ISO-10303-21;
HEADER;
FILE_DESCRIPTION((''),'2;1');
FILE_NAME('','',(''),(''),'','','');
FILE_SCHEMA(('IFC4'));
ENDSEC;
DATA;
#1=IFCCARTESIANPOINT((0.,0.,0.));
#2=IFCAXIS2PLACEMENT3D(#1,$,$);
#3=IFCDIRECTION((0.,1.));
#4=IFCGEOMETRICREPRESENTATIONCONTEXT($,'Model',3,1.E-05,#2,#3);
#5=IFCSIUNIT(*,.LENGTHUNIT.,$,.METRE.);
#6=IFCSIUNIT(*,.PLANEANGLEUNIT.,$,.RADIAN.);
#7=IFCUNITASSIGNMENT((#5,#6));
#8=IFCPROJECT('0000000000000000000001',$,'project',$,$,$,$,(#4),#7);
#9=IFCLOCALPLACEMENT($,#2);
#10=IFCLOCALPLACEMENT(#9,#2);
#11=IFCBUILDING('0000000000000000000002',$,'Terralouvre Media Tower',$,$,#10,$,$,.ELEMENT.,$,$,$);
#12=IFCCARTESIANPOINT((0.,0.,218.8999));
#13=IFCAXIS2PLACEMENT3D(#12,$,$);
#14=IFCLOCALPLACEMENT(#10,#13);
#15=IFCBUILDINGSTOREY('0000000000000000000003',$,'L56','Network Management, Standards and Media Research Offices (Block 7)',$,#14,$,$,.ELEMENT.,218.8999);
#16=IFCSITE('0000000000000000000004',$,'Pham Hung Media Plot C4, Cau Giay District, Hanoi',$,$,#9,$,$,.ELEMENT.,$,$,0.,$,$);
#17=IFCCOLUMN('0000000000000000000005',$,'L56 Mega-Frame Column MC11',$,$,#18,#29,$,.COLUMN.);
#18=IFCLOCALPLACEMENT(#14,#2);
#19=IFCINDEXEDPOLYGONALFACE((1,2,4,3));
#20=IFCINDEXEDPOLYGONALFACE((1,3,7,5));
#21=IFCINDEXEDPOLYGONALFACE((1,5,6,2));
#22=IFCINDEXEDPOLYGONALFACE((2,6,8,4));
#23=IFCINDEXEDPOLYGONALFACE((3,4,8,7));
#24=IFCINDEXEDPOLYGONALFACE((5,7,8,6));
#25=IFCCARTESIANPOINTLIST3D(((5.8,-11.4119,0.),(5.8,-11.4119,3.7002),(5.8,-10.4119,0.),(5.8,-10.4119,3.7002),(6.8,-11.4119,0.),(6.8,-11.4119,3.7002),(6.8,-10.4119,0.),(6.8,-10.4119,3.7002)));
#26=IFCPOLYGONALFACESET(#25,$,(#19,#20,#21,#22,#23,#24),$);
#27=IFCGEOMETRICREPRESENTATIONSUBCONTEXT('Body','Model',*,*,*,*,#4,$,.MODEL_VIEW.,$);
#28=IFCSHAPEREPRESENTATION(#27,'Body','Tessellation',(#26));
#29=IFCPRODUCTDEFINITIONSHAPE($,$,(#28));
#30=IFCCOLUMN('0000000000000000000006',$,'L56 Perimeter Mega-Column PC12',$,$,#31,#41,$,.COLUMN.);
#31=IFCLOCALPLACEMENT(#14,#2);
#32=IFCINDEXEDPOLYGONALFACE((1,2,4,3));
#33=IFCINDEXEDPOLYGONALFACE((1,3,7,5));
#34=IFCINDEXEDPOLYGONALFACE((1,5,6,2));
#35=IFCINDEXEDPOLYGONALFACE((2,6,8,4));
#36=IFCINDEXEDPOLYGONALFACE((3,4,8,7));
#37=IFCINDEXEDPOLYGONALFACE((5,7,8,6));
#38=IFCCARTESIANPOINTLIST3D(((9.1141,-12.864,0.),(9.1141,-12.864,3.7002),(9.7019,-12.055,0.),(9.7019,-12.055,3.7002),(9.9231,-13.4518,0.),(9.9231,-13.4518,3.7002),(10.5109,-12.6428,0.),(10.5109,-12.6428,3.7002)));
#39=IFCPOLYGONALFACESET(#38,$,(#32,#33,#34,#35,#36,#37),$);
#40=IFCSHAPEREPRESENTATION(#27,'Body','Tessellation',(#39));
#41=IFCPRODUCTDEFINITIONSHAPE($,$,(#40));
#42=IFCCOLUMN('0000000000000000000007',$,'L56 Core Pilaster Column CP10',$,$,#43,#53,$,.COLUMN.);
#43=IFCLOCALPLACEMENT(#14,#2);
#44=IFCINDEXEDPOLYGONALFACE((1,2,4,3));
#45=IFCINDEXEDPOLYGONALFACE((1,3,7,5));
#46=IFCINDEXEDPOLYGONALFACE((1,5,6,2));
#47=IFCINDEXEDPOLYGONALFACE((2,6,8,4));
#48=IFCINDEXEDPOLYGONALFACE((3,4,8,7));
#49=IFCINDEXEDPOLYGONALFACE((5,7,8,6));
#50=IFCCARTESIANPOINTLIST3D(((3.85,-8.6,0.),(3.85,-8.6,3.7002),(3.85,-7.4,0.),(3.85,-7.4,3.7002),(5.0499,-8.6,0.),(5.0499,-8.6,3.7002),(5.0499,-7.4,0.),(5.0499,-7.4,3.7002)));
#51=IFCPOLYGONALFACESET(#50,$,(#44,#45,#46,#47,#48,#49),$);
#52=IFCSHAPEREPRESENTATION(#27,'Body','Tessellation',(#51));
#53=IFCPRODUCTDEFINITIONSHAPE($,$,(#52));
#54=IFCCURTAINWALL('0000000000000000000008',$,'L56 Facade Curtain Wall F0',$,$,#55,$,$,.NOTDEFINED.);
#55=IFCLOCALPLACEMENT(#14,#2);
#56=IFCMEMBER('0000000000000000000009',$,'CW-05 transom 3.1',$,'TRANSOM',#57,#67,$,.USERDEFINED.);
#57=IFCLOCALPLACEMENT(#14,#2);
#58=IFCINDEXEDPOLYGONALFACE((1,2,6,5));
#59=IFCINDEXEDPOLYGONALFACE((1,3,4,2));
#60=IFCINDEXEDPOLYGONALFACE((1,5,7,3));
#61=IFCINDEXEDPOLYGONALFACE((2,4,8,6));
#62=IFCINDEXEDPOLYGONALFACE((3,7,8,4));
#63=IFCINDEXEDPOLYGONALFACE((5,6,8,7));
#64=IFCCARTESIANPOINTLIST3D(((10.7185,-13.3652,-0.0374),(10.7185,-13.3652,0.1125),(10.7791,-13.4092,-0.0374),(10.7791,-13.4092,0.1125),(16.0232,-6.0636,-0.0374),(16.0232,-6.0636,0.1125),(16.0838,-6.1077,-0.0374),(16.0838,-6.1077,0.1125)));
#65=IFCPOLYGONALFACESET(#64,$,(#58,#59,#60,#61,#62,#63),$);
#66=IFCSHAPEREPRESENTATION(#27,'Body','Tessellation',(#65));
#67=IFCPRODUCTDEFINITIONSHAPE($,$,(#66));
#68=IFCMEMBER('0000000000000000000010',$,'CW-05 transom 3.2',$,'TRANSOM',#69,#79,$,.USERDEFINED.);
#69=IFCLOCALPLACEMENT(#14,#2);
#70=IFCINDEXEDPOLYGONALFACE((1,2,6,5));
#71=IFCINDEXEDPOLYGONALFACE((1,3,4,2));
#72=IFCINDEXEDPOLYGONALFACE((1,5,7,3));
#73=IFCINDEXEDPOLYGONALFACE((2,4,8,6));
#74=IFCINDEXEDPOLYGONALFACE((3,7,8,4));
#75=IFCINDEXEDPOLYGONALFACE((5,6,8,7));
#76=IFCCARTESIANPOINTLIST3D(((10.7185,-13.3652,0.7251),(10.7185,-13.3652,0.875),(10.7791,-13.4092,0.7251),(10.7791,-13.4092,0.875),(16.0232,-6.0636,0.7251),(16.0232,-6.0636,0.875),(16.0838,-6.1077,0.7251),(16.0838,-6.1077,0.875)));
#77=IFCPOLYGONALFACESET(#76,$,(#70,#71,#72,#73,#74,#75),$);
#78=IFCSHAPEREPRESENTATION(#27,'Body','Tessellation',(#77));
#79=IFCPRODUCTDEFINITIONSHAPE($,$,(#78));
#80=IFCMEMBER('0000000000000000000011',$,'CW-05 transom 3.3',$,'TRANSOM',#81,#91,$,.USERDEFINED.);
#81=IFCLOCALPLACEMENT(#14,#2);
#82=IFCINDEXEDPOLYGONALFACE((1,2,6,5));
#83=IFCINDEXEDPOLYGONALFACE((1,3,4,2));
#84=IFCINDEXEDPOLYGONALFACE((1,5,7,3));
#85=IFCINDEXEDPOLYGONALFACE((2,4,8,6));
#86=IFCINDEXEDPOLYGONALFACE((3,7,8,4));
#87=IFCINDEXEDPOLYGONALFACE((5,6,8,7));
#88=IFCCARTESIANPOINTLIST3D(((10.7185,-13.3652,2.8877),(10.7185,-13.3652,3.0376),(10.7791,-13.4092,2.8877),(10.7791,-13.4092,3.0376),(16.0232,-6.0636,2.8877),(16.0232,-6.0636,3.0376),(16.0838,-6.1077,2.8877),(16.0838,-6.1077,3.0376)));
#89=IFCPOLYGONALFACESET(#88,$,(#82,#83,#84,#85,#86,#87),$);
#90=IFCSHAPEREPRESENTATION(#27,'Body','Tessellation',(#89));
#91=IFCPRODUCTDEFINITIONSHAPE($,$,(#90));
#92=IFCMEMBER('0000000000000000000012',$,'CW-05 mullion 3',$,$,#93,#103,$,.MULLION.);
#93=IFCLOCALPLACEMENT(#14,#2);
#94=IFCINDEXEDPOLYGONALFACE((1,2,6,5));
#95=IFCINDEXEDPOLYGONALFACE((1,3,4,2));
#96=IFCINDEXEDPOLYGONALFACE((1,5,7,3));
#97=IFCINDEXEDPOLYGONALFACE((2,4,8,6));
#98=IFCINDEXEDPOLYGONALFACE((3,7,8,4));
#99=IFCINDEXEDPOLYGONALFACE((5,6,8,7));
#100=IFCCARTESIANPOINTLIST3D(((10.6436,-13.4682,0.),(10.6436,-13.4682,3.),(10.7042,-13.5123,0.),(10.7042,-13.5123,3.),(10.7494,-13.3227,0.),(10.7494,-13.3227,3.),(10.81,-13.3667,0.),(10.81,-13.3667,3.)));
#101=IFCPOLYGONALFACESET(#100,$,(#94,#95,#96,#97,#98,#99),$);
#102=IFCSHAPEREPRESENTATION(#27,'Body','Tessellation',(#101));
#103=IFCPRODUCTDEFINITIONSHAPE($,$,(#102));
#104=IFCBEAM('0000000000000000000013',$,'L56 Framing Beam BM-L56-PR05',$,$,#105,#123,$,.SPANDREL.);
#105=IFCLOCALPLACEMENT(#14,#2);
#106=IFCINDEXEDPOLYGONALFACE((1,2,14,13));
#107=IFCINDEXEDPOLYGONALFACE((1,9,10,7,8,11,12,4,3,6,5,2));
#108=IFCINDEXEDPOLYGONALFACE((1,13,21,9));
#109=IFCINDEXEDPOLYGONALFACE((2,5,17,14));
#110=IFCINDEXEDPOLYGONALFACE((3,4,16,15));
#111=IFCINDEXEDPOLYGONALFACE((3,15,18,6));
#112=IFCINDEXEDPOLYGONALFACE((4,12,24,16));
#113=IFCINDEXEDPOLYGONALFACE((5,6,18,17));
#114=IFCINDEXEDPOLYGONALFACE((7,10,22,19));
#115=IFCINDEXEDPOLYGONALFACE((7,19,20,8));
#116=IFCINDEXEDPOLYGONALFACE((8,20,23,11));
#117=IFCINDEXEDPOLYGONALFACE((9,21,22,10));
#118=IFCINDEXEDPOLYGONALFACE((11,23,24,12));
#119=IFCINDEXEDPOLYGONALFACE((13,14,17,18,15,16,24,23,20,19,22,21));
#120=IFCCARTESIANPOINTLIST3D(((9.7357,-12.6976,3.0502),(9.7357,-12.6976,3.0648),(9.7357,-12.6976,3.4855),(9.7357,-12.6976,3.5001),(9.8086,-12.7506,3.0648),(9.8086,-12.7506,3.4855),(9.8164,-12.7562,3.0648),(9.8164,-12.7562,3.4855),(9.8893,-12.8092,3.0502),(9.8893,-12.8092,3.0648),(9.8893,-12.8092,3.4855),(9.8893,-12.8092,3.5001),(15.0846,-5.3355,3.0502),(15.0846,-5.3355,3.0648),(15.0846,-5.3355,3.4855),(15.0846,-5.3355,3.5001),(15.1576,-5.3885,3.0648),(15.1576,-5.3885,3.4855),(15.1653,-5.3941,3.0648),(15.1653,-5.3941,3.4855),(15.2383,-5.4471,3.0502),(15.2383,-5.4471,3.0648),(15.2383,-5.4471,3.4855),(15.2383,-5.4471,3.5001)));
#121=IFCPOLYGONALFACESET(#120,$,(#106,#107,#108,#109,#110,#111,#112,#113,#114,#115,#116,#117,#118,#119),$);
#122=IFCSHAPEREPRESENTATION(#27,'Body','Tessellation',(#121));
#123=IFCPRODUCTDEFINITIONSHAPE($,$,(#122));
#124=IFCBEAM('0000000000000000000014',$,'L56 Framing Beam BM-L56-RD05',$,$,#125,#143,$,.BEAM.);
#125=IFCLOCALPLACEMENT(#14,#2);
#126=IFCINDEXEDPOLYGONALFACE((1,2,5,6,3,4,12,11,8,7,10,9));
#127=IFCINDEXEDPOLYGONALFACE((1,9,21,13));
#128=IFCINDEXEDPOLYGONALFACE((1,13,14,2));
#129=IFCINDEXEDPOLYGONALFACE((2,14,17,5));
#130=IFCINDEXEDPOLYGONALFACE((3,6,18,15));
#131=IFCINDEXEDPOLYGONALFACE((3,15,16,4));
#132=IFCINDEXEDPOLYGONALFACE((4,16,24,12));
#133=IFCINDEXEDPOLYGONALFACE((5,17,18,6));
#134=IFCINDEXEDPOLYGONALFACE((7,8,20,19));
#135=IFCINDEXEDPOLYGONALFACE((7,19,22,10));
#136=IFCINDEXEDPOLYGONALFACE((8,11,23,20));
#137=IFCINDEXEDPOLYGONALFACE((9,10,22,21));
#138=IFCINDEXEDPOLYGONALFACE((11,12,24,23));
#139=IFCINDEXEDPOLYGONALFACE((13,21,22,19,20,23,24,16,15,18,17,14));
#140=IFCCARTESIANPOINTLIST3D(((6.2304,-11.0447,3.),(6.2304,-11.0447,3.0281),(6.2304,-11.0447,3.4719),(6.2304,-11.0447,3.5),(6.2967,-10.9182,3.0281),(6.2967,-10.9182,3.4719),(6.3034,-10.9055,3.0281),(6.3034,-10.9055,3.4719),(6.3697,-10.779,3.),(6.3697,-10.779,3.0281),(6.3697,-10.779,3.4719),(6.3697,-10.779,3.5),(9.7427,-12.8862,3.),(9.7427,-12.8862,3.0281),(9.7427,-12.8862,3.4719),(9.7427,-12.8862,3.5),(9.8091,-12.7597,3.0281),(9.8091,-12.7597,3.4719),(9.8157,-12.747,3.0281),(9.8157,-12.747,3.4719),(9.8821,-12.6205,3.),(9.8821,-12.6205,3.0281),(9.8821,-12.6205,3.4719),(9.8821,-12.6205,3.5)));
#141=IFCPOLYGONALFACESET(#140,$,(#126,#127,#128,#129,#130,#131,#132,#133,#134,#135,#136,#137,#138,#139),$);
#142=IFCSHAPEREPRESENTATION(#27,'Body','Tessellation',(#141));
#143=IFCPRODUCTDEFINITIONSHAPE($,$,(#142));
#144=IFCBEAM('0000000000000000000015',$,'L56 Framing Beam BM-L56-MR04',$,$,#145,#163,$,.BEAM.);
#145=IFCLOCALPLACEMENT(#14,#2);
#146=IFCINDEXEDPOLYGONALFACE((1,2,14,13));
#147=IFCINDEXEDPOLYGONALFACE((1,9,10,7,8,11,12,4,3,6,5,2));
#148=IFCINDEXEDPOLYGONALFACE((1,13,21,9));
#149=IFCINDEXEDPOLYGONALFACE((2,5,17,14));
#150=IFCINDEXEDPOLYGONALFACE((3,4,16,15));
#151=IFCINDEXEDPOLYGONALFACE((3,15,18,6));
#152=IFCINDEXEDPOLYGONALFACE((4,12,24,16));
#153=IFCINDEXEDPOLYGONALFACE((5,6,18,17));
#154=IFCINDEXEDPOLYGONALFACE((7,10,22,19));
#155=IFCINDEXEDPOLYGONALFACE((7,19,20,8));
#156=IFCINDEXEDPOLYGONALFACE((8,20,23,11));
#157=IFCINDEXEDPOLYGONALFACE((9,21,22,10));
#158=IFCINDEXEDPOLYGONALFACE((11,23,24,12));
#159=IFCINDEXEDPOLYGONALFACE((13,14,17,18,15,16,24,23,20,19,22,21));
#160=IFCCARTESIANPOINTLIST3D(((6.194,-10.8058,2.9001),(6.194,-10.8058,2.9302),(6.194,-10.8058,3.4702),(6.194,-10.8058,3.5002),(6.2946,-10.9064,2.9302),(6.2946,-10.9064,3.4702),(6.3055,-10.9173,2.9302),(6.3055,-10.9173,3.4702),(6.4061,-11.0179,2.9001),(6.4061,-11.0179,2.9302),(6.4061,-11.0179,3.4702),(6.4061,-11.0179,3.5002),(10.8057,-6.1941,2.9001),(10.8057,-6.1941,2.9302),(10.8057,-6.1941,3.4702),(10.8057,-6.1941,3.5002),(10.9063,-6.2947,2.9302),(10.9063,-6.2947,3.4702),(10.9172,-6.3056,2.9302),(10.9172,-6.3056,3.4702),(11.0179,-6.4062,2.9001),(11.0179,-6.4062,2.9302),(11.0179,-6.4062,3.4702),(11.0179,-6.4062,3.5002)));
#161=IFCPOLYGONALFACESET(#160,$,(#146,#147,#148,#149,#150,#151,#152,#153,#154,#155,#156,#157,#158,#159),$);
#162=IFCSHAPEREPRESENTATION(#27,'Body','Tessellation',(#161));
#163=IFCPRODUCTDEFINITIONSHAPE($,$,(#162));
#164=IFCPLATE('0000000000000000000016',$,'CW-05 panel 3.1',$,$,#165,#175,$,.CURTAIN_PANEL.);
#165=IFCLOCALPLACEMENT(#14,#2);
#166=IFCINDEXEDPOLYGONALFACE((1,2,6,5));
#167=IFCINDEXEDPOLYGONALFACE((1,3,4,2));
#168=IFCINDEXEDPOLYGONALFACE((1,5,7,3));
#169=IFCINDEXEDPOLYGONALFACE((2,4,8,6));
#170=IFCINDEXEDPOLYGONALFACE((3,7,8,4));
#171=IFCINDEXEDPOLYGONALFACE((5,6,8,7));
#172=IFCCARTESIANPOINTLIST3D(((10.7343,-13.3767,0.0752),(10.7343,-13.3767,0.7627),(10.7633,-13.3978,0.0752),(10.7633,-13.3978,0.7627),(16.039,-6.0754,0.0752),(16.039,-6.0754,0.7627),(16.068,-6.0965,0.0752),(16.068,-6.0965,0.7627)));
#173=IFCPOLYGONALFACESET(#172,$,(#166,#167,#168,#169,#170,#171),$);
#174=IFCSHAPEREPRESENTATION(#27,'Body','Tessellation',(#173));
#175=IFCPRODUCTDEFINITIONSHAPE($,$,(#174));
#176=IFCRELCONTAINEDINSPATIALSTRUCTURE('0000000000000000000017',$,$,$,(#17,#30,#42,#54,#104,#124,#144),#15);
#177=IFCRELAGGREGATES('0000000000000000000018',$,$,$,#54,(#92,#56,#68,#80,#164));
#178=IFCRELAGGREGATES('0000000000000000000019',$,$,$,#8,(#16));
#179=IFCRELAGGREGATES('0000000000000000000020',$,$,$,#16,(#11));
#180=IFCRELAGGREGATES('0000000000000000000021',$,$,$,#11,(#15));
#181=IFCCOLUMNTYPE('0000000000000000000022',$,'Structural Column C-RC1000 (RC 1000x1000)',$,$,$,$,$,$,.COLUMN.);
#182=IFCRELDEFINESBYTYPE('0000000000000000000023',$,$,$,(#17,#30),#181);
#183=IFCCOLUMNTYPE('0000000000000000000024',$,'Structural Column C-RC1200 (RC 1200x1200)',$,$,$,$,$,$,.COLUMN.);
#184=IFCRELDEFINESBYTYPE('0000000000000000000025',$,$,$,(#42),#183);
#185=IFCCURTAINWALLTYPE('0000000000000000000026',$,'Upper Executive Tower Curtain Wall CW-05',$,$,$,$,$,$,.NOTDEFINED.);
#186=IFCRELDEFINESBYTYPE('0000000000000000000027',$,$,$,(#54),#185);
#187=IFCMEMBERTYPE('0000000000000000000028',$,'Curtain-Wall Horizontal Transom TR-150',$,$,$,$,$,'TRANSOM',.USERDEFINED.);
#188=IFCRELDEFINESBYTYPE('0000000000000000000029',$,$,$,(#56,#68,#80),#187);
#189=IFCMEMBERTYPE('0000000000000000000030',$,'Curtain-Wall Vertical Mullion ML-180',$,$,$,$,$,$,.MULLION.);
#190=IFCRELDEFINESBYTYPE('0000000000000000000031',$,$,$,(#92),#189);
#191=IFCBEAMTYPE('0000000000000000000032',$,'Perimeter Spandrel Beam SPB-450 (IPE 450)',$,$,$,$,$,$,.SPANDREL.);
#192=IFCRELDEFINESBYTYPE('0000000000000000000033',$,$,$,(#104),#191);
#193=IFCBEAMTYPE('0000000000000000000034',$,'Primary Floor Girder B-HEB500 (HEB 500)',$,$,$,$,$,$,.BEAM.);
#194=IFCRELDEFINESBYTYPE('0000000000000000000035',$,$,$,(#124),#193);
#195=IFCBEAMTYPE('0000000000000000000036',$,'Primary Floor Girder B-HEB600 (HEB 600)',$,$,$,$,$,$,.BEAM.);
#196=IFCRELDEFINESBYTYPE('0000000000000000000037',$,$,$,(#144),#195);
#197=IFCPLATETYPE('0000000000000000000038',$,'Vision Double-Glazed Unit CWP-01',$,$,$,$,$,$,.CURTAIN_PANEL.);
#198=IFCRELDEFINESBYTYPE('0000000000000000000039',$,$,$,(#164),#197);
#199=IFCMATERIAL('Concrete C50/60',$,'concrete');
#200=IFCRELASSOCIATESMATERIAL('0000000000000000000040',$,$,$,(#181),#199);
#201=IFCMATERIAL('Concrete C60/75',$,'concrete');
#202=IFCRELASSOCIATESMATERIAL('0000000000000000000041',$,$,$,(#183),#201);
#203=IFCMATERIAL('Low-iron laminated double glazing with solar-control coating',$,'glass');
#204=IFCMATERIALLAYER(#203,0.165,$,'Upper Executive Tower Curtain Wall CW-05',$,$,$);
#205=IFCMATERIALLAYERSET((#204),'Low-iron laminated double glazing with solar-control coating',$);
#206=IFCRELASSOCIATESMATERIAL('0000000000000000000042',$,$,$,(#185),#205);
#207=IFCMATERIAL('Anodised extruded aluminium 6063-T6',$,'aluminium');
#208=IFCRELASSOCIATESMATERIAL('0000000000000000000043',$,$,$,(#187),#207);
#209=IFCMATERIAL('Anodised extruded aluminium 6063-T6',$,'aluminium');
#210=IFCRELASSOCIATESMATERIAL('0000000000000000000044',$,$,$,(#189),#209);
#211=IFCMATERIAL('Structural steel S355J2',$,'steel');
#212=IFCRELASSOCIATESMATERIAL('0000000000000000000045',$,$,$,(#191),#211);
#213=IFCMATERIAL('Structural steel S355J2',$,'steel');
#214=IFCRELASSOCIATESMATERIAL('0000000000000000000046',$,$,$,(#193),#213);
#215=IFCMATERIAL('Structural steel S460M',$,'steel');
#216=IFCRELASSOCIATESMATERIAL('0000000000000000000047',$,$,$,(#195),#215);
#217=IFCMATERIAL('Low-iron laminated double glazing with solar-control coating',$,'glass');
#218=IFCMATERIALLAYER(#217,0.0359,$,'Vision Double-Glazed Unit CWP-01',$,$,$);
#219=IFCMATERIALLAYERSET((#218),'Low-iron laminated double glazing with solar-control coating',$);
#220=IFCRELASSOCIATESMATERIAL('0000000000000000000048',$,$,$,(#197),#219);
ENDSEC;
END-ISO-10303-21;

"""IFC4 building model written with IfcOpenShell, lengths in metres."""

from ifc_helpers import new_model, si_unit, direction, frame, origin, origin_2d, place, context, subcontext, project, spatial, rectangle, i_section, extrude, material, layer, layer_set, material_profile, profile_set, type_object, element, aggregate, save


model = new_model("IFC4")

# Units and contexts
model_context = context("Model", 3, precision=1e-05, world=origin(), true_north=direction((0.0, 1.0)))
body_context = subcontext(model_context, "Body", "Model", "MODEL_VIEW")
ifc_project = project(units=[si_unit("LENGTHUNIT", "METRE"), si_unit("PLANEANGLEUNIT", "RADIAN")], contexts=[model_context])

# Site, building, storey
site_placement = place(None, origin())
site = spatial("IfcSite", under=ifc_project, at=site_placement, Name="Pham Hung Media Plot C4, Cau Giay District, Hanoi", CompositionType="ELEMENT", RefElevation=0.0)
building_placement = place(site_placement, origin())
building = spatial("IfcBuilding", under=site, at=building_placement, Name="Terralouvre Media Tower", CompositionType="ELEMENT")
storey_placement = place(building_placement, frame((0.0, 0.0, 218.8999)))
storey = spatial("IfcBuildingStorey", under=building, at=storey_placement, Name="L56", Description="Network Management, Standards and Media Research Offices (Block 7)", CompositionType="ELEMENT", Elevation=218.8999)

# Columns
ifc_material_1 = material(Name="Concrete C50/60", Category="concrete")
ifc_material_profile_1 = material_profile(ifc_material_1, rectangle(XDim=1.0, YDim=1.0, at=origin_2d()), Name="RC 1000x1000")
ifc_profile_set_1 = profile_set([ifc_material_profile_1], Name="Concrete C50/60")
column_type_1 = type_object("IfcColumnType", Name="Structural Column C-RC1000 (RC 1000x1000)", PredefinedType="COLUMN", material=ifc_profile_set_1)
for number, where, z_axis, x_axis, name in (
    (1, (6.3, -10.9119, 0.0), (0.0, 0.0, 1.0), (1.0, 0.0, 0.0), "L56 Mega-Frame Column MC11"),
    (2, (9.8125, -12.7534, 0.0), (0.0, 0.0, 1.0), (0.587785, 0.809017, 0.0), "L56 Perimeter Mega-Column PC12"),
):
    element("IfcColumn", number, at=place(storey_placement, frame(where, z_axis=z_axis, x_axis=x_axis)), inside=storey, type_object=column_type_1, Name=name, PredefinedType="COLUMN", context=body_context, shape_type="SweptSolid", body=[
        extrude(rectangle(XDim=1.0, YDim=1.0, at=origin_2d()), origin(), (0.0, 0.0, 1.0), 3.7002),
    ])
ifc_material_2 = material(Name="Concrete C60/75", Category="concrete")
ifc_material_profile_2 = material_profile(ifc_material_2, rectangle(XDim=1.2, YDim=1.2, at=origin_2d()), Name="RC 1200x1200")
ifc_profile_set_2 = profile_set([ifc_material_profile_2], Name="Concrete C60/75")
column_type_2 = type_object("IfcColumnType", Name="Structural Column C-RC1200 (RC 1200x1200)", PredefinedType="COLUMN", material=ifc_profile_set_2)
column_placement = place(storey_placement, frame((4.45, -8.0, 0.0), z_axis=(0.0, 0.0, 1.0), x_axis=(1.0, 0.0, 0.0)))
element("IfcColumn", 3, at=column_placement, inside=storey, type_object=column_type_2, Name="L56 Core Pilaster Column CP10", PredefinedType="COLUMN", context=body_context, shape_type="SweptSolid", body=[
    extrude(rectangle(XDim=1.2, YDim=1.2, at=origin_2d()), origin(), (0.0, 0.0, 1.0), 3.7002),
])

# Curtain wall, members
ifc_material_3 = material(Name="Low-iron laminated double glazing with solar-control coating", Category="glass")
ifc_layer_1 = layer(ifc_material_3, 0.165, Name="Upper Executive Tower Curtain Wall CW-05")
ifc_layer_set_1 = layer_set([ifc_layer_1], Name="Low-iron laminated double glazing with solar-control coating")
curtain_wall_type = type_object("IfcCurtainWallType", Name="Upper Executive Tower Curtain Wall CW-05", PredefinedType="NOTDEFINED", material=ifc_layer_set_1)
curtain_wall_placement = place(storey_placement, origin())
curtain_wall = element("IfcCurtainWall", 4, at=curtain_wall_placement, inside=storey, type_object=curtain_wall_type, Name="L56 Facade Curtain Wall F0", PredefinedType="NOTDEFINED")
ifc_material_4 = material(Name="Anodised extruded aluminium 6063-T6", Category="aluminium")
ifc_material_profile_3 = material_profile(ifc_material_4, rectangle(XDim=0.075, YDim=0.1499, at=origin_2d()), Name="ALU 75x150")
ifc_profile_set_3 = profile_set([ifc_material_profile_3], Name="Anodised extruded aluminium 6063-T6")
member_type_1 = type_object("IfcMemberType", Name="Curtain-Wall Horizontal Transom TR-150", ElementType="TRANSOM", PredefinedType="USERDEFINED", material=ifc_profile_set_3)
member_1_placement = place(storey_placement, frame((10.7488, -13.3872, 0.0376), z_axis=(0.587773, 0.809026, 0.0), x_axis=(-0.809026, 0.587773, 0.0)))
member_1 = element("IfcMember", 5, at=member_1_placement, type_object=member_type_1, Name="CW-05 transom 3.1", ObjectType="TRANSOM", PredefinedType="USERDEFINED", context=body_context, shape_type="SweptSolid", body=[
    extrude(rectangle(XDim=0.075, YDim=0.1499, at=origin_2d()), origin(), (0.0, 0.0, 1.0), 9.0251),
])
member_2_placement = place(storey_placement, frame((10.7488, -13.3872, 0.8), z_axis=(0.587773, 0.809026, 0.0), x_axis=(-0.809026, 0.587773, 0.0)))
member_2 = element("IfcMember", 6, at=member_2_placement, type_object=member_type_1, Name="CW-05 transom 3.2", ObjectType="TRANSOM", PredefinedType="USERDEFINED", context=body_context, shape_type="SweptSolid", body=[
    extrude(rectangle(XDim=0.075, YDim=0.1499, at=origin_2d()), origin(), (0.0, 0.0, 1.0), 9.0251),
])
member_3_placement = place(storey_placement, frame((10.7488, -13.3872, 2.9626), z_axis=(0.587773, 0.809026, 0.0), x_axis=(-0.809026, 0.587773, 0.0)))
member_3 = element("IfcMember", 7, at=member_3_placement, type_object=member_type_1, Name="CW-05 transom 3.3", ObjectType="TRANSOM", PredefinedType="USERDEFINED", context=body_context, shape_type="SweptSolid", body=[
    extrude(rectangle(XDim=0.075, YDim=0.1499, at=origin_2d()), origin(), (0.0, 0.0, 1.0), 9.0251),
])
ifc_material_5 = material(Name="Anodised extruded aluminium 6063-T6", Category="aluminium")
ifc_material_profile_4 = material_profile(ifc_material_5, rectangle(XDim=0.075, YDim=0.1799, at=origin_2d()), Name="ALU 75x180")
ifc_profile_set_4 = profile_set([ifc_material_profile_4], Name="Anodised extruded aluminium 6063-T6")
member_type_2 = type_object("IfcMemberType", Name="Curtain-Wall Vertical Mullion ML-180", PredefinedType="MULLION", material=ifc_profile_set_4)
member_4_placement = place(storey_placement, frame((10.7268, -13.4175, 0.0), z_axis=(0.0, 0.0, 1.0), x_axis=(-0.809017, 0.587785, 0.0)))
member_4 = element("IfcMember", 8, at=member_4_placement, type_object=member_type_2, Name="CW-05 mullion 3", PredefinedType="MULLION", context=body_context, shape_type="SweptSolid", body=[
    extrude(rectangle(XDim=0.075, YDim=0.1799, at=origin_2d()), origin(), (0.0, 0.0, 1.0), 3.0),
])

# Beams
ifc_material_6 = material(Name="Structural steel S355J2", Category="steel")
ifc_material_profile_5 = material_profile(ifc_material_6, i_section(OverallWidth=0.1899, OverallDepth=0.45, WebThickness=0.0095, FlangeThickness=0.0146, at=origin_2d()), Name="IPE 450")
ifc_profile_set_5 = profile_set([ifc_material_profile_5], Name="Structural steel S355J2")
beam_type_1 = type_object("IfcBeamType", Name="Perimeter Spandrel Beam SPB-450 (IPE 450)", PredefinedType="SPANDREL", material=ifc_profile_set_5)
beam_1_placement = place(storey_placement, frame((9.8125, -12.7534, 3.2751), z_axis=(0.587787, 0.809016, 0.0), x_axis=(-0.809016, 0.587787, 0.0)))
element("IfcBeam", 9, at=beam_1_placement, inside=storey, type_object=beam_type_1, Name="L56 Framing Beam BM-L56-PR05", PredefinedType="SPANDREL", context=body_context, shape_type="SweptSolid", body=[
    extrude(i_section(OverallWidth=0.1899, OverallDepth=0.45, WebThickness=0.0095, FlangeThickness=0.0146, at=origin_2d()), origin(), (0.0, 0.0, 1.0), 9.1001),
])
ifc_material_7 = material(Name="Structural steel S355J2", Category="steel")
ifc_material_profile_6 = material_profile(ifc_material_7, i_section(OverallWidth=0.3, OverallDepth=0.5, WebThickness=0.0144, FlangeThickness=0.0281, at=origin_2d()), Name="HEB 500")
ifc_profile_set_6 = profile_set([ifc_material_profile_6], Name="Structural steel S355J2")
beam_type_2 = type_object("IfcBeamType", Name="Primary Floor Girder B-HEB500 (HEB 500)", PredefinedType="BEAM", material=ifc_profile_set_6)
beam_2_placement = place(storey_placement, frame((6.3, -10.9119, 3.25), z_axis=(0.885656, -0.464343, 0.0), x_axis=(0.464343, 0.885656, 0.0)))
element("IfcBeam", 10, at=beam_2_placement, inside=storey, type_object=beam_type_2, Name="L56 Framing Beam BM-L56-RD05", PredefinedType="BEAM", context=body_context, shape_type="SweptSolid", body=[
    extrude(i_section(OverallWidth=0.3, OverallDepth=0.5, WebThickness=0.0144, FlangeThickness=0.0281, at=origin_2d()), origin(), (0.0, 0.0, 1.0), 3.9658),
])
ifc_material_8 = material(Name="Structural steel S460M", Category="steel")
ifc_material_profile_7 = material_profile(ifc_material_8, i_section(OverallWidth=0.3, OverallDepth=0.6001, WebThickness=0.0154, FlangeThickness=0.03, at=origin_2d()), Name="HEB 600")
ifc_profile_set_7 = profile_set([ifc_material_profile_7], Name="Structural steel S460M")
beam_type_3 = type_object("IfcBeamType", Name="Primary Floor Girder B-HEB600 (HEB 600)", PredefinedType="BEAM", material=ifc_profile_set_7)
beam_3_placement = place(storey_placement, frame((6.3, -10.9119, 3.2002), z_axis=(0.707107, 0.707107, 0.0), x_axis=(-0.707107, 0.707107, 0.0)))
element("IfcBeam", 11, at=beam_3_placement, inside=storey, type_object=beam_type_3, Name="L56 Framing Beam BM-L56-MR04", PredefinedType="BEAM", context=body_context, shape_type="SweptSolid", body=[
    extrude(i_section(OverallWidth=0.3, OverallDepth=0.6001, WebThickness=0.0154, FlangeThickness=0.03, at=origin_2d()), origin(), (0.0, 0.0, 1.0), 6.522),
])

# Plate
ifc_material_9 = material(Name="Low-iron laminated double glazing with solar-control coating", Category="glass")
ifc_layer_2 = layer(ifc_material_9, 0.0359, Name="Vision Double-Glazed Unit CWP-01")
ifc_layer_set_2 = layer_set([ifc_layer_2], Name="Low-iron laminated double glazing with solar-control coating")
plate_type = type_object("IfcPlateType", Name="Vision Double-Glazed Unit CWP-01", PredefinedType="CURTAIN_PANEL", material=ifc_layer_set_2)
plate_1_placement = place(storey_placement, frame((13.4011, -9.7366, 0.0752), z_axis=(0.0, 0.0, 1.0), x_axis=(0.587785, 0.809017, 0.0)))
plate_1 = element("IfcPlate", 12, at=plate_1_placement, type_object=plate_type, Name="CW-05 panel 3.1", PredefinedType="CURTAIN_PANEL", context=body_context, shape_type="SweptSolid", body=[
    extrude(rectangle(XDim=9.0249, YDim=0.0359, at=origin_2d()), origin(), (0.0, 0.0, 1.0), 0.6875),
])
aggregate(curtain_wall, [member_4, member_1, member_2, member_3, plate_1])

save(model, "model.ifc")
